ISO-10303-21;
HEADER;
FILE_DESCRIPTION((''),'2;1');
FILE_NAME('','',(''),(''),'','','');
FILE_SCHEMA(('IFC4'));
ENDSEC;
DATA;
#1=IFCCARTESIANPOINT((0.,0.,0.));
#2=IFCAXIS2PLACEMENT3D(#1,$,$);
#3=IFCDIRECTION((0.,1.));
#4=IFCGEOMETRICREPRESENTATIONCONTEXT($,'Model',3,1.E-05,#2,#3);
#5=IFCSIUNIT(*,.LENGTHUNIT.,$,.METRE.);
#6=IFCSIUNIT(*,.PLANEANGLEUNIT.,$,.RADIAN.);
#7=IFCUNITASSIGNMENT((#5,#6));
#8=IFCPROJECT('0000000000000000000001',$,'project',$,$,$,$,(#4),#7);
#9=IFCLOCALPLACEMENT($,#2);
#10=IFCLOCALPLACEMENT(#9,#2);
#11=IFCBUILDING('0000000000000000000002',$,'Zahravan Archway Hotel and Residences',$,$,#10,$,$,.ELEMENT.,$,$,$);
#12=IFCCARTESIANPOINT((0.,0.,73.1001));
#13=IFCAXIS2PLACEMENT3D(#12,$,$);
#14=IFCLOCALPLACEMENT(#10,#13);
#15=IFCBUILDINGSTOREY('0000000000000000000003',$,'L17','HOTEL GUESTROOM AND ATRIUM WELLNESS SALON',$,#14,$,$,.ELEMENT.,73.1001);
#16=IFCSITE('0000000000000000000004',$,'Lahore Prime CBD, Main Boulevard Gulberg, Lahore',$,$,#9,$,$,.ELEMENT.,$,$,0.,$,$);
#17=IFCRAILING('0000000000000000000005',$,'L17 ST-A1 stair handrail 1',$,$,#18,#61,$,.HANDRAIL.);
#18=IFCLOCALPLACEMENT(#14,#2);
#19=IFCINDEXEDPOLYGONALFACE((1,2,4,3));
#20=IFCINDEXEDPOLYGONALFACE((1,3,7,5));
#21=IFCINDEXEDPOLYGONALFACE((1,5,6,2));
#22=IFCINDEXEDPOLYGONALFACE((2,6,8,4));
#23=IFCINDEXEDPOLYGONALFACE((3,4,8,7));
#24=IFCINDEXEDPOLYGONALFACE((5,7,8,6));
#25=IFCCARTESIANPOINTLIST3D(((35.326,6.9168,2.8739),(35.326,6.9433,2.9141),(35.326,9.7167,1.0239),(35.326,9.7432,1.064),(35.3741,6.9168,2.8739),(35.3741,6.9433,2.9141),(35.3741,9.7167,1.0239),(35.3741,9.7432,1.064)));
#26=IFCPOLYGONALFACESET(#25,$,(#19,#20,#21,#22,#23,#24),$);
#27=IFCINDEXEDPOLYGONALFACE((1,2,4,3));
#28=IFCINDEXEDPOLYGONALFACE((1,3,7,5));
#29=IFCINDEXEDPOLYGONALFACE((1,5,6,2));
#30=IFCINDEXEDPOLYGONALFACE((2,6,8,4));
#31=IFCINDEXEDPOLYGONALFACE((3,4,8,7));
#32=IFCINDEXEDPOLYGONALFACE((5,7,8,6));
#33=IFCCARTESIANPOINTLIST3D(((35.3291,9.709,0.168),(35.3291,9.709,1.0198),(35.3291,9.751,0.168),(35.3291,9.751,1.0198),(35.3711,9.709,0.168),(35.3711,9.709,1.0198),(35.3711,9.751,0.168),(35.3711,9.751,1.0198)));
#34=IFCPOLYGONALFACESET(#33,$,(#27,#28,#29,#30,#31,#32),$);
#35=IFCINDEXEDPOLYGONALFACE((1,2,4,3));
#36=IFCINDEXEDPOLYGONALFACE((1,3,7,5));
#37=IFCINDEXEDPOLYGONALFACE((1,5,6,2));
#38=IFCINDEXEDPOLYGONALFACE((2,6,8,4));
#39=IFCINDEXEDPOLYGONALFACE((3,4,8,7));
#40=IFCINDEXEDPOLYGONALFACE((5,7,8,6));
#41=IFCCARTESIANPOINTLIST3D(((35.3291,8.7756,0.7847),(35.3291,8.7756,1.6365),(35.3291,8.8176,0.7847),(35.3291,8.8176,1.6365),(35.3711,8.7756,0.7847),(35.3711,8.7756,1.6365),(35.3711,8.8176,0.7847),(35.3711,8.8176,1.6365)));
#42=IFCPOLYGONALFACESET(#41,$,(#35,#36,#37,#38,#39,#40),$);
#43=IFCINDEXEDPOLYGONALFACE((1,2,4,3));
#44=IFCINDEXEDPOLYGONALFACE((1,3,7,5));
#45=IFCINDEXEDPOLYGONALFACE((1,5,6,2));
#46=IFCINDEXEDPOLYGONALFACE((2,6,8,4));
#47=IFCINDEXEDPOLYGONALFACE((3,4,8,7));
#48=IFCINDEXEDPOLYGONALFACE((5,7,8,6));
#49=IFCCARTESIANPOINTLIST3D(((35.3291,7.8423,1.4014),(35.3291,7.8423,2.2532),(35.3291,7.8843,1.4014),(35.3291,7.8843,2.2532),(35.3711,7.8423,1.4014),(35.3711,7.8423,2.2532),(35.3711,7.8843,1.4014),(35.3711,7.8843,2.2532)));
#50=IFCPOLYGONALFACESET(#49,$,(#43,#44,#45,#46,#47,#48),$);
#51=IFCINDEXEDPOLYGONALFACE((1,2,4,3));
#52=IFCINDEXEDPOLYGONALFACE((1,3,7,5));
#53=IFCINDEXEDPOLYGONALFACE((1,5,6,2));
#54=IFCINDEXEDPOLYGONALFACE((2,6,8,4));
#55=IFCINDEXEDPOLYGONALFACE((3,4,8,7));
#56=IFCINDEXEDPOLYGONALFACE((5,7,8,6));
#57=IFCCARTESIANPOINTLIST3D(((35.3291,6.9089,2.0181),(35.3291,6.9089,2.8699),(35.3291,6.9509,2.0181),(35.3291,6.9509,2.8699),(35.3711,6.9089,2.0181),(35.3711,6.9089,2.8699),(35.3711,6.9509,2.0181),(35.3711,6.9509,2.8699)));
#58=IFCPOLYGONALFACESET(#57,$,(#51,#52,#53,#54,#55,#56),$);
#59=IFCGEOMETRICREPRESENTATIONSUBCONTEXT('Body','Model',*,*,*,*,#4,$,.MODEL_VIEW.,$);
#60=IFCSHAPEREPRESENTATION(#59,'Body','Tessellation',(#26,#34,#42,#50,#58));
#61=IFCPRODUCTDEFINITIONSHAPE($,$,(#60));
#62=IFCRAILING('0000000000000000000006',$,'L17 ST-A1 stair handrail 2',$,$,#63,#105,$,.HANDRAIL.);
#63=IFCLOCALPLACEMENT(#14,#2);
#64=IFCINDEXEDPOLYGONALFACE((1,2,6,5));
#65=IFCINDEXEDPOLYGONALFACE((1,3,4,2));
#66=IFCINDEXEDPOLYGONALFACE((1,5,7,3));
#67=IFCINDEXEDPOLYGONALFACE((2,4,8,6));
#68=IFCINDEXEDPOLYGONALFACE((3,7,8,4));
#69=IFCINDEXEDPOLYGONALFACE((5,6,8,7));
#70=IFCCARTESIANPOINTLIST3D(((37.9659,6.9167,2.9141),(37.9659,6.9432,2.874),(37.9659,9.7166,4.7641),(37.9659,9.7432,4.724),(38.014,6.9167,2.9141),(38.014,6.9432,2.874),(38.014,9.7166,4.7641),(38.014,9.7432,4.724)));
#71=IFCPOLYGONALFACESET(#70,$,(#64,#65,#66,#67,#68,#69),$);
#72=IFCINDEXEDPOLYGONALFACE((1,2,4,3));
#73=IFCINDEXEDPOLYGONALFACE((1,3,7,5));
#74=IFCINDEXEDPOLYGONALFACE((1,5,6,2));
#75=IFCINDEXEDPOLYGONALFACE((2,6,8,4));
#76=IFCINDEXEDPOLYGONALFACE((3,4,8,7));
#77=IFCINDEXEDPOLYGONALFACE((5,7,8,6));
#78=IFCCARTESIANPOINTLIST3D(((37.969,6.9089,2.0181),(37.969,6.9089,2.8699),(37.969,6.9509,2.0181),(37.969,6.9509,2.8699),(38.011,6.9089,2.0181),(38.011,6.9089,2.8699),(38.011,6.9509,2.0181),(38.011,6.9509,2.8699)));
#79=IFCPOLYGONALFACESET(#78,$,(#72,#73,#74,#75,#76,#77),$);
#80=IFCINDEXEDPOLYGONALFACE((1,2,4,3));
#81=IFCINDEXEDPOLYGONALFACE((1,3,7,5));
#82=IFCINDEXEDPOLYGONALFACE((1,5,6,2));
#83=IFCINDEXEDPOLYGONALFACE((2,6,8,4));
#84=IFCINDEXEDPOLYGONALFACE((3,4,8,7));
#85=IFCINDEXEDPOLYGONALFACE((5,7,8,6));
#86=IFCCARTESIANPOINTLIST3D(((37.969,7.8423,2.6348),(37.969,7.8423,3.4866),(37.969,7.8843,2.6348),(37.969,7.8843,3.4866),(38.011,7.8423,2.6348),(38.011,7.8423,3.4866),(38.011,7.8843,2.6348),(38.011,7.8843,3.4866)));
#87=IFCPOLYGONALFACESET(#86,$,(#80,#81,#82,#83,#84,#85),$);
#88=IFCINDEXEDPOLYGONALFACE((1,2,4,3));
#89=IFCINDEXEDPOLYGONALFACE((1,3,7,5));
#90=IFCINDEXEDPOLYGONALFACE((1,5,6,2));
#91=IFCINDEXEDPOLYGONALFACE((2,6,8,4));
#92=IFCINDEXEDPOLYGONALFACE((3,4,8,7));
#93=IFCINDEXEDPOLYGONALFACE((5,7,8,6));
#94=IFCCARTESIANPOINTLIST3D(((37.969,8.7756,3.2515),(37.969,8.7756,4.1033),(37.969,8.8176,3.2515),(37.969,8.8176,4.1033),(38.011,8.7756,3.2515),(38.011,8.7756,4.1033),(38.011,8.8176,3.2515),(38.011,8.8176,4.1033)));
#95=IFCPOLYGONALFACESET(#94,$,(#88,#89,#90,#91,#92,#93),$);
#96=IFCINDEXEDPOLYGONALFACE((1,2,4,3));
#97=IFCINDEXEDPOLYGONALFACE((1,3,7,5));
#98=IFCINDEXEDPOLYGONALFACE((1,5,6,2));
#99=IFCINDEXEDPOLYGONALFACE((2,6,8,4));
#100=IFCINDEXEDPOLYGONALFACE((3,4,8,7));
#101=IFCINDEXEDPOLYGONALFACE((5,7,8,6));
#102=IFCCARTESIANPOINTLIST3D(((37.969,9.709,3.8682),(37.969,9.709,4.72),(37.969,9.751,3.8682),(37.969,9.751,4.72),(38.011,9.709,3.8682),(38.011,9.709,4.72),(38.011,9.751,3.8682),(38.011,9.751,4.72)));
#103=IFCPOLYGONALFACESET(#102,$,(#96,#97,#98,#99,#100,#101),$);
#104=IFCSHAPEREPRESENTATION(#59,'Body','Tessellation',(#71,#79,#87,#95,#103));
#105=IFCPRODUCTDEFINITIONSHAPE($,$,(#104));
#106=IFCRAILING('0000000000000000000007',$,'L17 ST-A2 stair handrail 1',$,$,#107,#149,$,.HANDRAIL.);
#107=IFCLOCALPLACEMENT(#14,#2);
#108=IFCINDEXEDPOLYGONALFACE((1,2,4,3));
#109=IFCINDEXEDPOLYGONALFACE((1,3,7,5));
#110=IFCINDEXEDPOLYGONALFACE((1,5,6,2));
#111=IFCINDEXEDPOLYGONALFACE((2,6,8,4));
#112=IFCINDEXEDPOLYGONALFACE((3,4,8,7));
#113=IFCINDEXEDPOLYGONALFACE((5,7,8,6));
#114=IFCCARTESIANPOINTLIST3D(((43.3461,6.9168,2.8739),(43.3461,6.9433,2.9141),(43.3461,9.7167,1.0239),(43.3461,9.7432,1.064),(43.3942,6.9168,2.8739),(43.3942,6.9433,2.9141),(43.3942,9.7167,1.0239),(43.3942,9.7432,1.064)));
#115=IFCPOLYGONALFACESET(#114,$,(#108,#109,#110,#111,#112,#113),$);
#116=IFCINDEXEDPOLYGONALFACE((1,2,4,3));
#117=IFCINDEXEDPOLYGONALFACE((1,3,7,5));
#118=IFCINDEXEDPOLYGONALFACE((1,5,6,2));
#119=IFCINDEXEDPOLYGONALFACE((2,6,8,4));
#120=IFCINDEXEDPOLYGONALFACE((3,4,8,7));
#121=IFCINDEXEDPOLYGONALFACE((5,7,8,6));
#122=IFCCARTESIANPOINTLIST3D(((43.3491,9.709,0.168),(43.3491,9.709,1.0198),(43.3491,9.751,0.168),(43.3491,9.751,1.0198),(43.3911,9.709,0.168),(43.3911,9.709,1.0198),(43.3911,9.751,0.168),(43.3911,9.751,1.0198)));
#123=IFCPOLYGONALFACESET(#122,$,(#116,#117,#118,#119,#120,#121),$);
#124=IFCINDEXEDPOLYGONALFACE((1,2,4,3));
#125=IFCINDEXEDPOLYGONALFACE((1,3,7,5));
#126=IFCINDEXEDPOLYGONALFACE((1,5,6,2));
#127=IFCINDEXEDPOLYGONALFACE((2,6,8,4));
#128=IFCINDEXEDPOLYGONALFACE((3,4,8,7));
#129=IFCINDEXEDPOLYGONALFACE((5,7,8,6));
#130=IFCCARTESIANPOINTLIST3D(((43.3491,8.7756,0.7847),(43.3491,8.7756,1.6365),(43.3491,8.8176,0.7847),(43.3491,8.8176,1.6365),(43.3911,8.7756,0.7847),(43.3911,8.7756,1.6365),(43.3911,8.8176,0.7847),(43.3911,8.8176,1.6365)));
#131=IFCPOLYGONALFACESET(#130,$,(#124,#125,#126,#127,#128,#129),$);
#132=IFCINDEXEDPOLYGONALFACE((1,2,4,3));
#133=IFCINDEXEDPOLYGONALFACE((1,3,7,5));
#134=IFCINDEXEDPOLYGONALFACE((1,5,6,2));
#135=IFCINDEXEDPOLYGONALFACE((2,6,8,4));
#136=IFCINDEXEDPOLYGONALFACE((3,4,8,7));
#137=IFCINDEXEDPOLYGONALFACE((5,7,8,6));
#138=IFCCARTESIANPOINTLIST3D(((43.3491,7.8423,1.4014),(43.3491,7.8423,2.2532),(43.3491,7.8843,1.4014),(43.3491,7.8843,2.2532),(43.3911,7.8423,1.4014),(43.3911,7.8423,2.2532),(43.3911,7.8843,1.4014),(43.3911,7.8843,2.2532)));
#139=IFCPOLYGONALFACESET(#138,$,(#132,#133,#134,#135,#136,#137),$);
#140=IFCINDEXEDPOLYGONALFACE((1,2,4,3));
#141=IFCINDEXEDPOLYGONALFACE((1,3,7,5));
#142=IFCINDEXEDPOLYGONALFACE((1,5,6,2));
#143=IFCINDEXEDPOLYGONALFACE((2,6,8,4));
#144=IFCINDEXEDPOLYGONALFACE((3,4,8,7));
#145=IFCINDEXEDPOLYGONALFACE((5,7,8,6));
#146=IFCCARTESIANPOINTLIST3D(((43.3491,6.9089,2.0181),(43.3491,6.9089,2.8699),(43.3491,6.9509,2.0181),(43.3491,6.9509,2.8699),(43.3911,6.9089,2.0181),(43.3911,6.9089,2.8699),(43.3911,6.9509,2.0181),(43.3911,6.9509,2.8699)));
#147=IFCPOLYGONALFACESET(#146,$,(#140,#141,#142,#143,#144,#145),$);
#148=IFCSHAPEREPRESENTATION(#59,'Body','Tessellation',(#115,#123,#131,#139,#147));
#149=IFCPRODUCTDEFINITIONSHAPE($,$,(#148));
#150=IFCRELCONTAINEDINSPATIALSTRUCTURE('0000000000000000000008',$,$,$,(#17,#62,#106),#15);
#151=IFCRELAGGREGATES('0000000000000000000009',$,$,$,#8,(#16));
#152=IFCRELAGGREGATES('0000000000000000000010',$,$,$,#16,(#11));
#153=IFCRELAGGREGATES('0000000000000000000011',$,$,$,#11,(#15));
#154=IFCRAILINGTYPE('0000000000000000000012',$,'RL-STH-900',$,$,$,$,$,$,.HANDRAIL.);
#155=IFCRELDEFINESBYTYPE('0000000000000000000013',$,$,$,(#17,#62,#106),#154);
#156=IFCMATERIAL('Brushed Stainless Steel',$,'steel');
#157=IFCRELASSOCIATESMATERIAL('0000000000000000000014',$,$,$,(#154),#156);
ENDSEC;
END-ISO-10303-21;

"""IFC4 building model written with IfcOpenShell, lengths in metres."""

from ifc_helpers import new_model, si_unit, direction, frame, origin, origin_2d, place, context, subcontext, project, spatial, rectangle, extrude, material, type_object, element, save


model = new_model("IFC4")

# Units and contexts
model_context = context("Model", 3, precision=1e-05, world=origin(), true_north=direction((0.0, 1.0)))
body_context = subcontext(model_context, "Body", "Model", "MODEL_VIEW")
ifc_project = project(units=[si_unit("LENGTHUNIT", "METRE"), si_unit("PLANEANGLEUNIT", "RADIAN")], contexts=[model_context])

# Site, building, storey
site_placement = place(None, origin())
site = spatial("IfcSite", under=ifc_project, at=site_placement, Name="Lahore Prime CBD, Main Boulevard Gulberg, Lahore", CompositionType="ELEMENT", RefElevation=0.0)
building_placement = place(site_placement, origin())
building = spatial("IfcBuilding", under=site, at=building_placement, Name="Zahravan Archway Hotel and Residences", CompositionType="ELEMENT")
storey_placement = place(building_placement, frame((0.0, 0.0, 73.1001)))
storey = spatial("IfcBuildingStorey", under=building, at=storey_placement, Name="L17", Description="HOTEL GUESTROOM AND ATRIUM WELLNESS SALON", CompositionType="ELEMENT", Elevation=73.1001)

# Shared definitions
ifc_material_1 = material(Name="Brushed Stainless Steel", Category="steel")

# Railings
railing_type_1 = type_object("IfcRailingType", Name="RL-STH-900", PredefinedType="HANDRAIL", material=ifc_material_1)
railing_1_placement = place(storey_placement, frame((35.3501, 9.73, 0.168)))
element("IfcRailing", 1, at=railing_1_placement, inside=storey, type_object=railing_type_1, Name="L17 ST-A1 stair handrail 1", PredefinedType="HANDRAIL", context=body_context, shape_type="SweptSolid", body=[
    extrude(rectangle(XDim=0.0481, YDim=0.0481, at=origin_2d()), frame((0.0, 0.0, 0.876), z_axis=(0.0, -0.834326, 0.551271), x_axis=(1.0, 0.0, 0.0)), (0.0, 0.0, 1.0), 3.356),
    extrude(rectangle(XDim=0.042, YDim=0.042, at=origin_2d()), origin(), (0.0, 0.0, 1.0), 0.8518),
    extrude(rectangle(XDim=0.042, YDim=0.042, at=origin_2d()), frame((0.0, -0.9333, 0.6167)), (0.0, 0.0, 1.0), 0.8518),
    extrude(rectangle(XDim=0.042, YDim=0.042, at=origin_2d()), frame((0.0, -1.8667, 1.2334)), (0.0, 0.0, 1.0), 0.8518),
    extrude(rectangle(XDim=0.042, YDim=0.042, at=origin_2d()), frame((0.0, -2.8, 1.8501)), (0.0, 0.0, 1.0), 0.8518),
])
railing_2_placement = place(storey_placement, frame((37.99, 6.9299, 2.0181)))
element("IfcRailing", 2, at=railing_2_placement, inside=storey, type_object=railing_type_1, Name="L17 ST-A1 stair handrail 2", PredefinedType="HANDRAIL", context=body_context, shape_type="SweptSolid", body=[
    extrude(rectangle(XDim=0.0481, YDim=0.0481, at=origin_2d()), frame((0.0, 0.0, 0.876), z_axis=(0.0, 0.834326, 0.551271), x_axis=(-1.0, 0.0, 0.0)), (0.0, 0.0, 1.0), 3.356),
    extrude(rectangle(XDim=0.042, YDim=0.042, at=origin_2d()), origin(), (0.0, 0.0, 1.0), 0.8518),
    extrude(rectangle(XDim=0.042, YDim=0.042, at=origin_2d()), frame((0.0, 0.9333, 0.6167)), (0.0, 0.0, 1.0), 0.8518),
    extrude(rectangle(XDim=0.042, YDim=0.042, at=origin_2d()), frame((0.0, 1.8667, 1.2334)), (0.0, 0.0, 1.0), 0.8518),
    extrude(rectangle(XDim=0.042, YDim=0.042, at=origin_2d()), frame((0.0, 2.8, 1.8501)), (0.0, 0.0, 1.0), 0.8518),
])
railing_3_placement = place(storey_placement, frame((43.3701, 9.73, 0.168)))
element("IfcRailing", 3, at=railing_3_placement, inside=storey, type_object=railing_type_1, Name="L17 ST-A2 stair handrail 1", PredefinedType="HANDRAIL", context=body_context, shape_type="SweptSolid", body=[
    extrude(rectangle(XDim=0.0481, YDim=0.0481, at=origin_2d()), frame((0.0, 0.0, 0.876), z_axis=(0.0, -0.834326, 0.551271), x_axis=(1.0, 0.0, 0.0)), (0.0, 0.0, 1.0), 3.356),
    extrude(rectangle(XDim=0.042, YDim=0.042, at=origin_2d()), origin(), (0.0, 0.0, 1.0), 0.8518),
    extrude(rectangle(XDim=0.042, YDim=0.042, at=origin_2d()), frame((0.0, -0.9333, 0.6167)), (0.0, 0.0, 1.0), 0.8518),
    extrude(rectangle(XDim=0.042, YDim=0.042, at=origin_2d()), frame((0.0, -1.8667, 1.2334)), (0.0, 0.0, 1.0), 0.8518),
    extrude(rectangle(XDim=0.042, YDim=0.042, at=origin_2d()), frame((0.0, -2.8, 1.8501)), (0.0, 0.0, 1.0), 0.8518),
])

save(model, "model.ifc")
